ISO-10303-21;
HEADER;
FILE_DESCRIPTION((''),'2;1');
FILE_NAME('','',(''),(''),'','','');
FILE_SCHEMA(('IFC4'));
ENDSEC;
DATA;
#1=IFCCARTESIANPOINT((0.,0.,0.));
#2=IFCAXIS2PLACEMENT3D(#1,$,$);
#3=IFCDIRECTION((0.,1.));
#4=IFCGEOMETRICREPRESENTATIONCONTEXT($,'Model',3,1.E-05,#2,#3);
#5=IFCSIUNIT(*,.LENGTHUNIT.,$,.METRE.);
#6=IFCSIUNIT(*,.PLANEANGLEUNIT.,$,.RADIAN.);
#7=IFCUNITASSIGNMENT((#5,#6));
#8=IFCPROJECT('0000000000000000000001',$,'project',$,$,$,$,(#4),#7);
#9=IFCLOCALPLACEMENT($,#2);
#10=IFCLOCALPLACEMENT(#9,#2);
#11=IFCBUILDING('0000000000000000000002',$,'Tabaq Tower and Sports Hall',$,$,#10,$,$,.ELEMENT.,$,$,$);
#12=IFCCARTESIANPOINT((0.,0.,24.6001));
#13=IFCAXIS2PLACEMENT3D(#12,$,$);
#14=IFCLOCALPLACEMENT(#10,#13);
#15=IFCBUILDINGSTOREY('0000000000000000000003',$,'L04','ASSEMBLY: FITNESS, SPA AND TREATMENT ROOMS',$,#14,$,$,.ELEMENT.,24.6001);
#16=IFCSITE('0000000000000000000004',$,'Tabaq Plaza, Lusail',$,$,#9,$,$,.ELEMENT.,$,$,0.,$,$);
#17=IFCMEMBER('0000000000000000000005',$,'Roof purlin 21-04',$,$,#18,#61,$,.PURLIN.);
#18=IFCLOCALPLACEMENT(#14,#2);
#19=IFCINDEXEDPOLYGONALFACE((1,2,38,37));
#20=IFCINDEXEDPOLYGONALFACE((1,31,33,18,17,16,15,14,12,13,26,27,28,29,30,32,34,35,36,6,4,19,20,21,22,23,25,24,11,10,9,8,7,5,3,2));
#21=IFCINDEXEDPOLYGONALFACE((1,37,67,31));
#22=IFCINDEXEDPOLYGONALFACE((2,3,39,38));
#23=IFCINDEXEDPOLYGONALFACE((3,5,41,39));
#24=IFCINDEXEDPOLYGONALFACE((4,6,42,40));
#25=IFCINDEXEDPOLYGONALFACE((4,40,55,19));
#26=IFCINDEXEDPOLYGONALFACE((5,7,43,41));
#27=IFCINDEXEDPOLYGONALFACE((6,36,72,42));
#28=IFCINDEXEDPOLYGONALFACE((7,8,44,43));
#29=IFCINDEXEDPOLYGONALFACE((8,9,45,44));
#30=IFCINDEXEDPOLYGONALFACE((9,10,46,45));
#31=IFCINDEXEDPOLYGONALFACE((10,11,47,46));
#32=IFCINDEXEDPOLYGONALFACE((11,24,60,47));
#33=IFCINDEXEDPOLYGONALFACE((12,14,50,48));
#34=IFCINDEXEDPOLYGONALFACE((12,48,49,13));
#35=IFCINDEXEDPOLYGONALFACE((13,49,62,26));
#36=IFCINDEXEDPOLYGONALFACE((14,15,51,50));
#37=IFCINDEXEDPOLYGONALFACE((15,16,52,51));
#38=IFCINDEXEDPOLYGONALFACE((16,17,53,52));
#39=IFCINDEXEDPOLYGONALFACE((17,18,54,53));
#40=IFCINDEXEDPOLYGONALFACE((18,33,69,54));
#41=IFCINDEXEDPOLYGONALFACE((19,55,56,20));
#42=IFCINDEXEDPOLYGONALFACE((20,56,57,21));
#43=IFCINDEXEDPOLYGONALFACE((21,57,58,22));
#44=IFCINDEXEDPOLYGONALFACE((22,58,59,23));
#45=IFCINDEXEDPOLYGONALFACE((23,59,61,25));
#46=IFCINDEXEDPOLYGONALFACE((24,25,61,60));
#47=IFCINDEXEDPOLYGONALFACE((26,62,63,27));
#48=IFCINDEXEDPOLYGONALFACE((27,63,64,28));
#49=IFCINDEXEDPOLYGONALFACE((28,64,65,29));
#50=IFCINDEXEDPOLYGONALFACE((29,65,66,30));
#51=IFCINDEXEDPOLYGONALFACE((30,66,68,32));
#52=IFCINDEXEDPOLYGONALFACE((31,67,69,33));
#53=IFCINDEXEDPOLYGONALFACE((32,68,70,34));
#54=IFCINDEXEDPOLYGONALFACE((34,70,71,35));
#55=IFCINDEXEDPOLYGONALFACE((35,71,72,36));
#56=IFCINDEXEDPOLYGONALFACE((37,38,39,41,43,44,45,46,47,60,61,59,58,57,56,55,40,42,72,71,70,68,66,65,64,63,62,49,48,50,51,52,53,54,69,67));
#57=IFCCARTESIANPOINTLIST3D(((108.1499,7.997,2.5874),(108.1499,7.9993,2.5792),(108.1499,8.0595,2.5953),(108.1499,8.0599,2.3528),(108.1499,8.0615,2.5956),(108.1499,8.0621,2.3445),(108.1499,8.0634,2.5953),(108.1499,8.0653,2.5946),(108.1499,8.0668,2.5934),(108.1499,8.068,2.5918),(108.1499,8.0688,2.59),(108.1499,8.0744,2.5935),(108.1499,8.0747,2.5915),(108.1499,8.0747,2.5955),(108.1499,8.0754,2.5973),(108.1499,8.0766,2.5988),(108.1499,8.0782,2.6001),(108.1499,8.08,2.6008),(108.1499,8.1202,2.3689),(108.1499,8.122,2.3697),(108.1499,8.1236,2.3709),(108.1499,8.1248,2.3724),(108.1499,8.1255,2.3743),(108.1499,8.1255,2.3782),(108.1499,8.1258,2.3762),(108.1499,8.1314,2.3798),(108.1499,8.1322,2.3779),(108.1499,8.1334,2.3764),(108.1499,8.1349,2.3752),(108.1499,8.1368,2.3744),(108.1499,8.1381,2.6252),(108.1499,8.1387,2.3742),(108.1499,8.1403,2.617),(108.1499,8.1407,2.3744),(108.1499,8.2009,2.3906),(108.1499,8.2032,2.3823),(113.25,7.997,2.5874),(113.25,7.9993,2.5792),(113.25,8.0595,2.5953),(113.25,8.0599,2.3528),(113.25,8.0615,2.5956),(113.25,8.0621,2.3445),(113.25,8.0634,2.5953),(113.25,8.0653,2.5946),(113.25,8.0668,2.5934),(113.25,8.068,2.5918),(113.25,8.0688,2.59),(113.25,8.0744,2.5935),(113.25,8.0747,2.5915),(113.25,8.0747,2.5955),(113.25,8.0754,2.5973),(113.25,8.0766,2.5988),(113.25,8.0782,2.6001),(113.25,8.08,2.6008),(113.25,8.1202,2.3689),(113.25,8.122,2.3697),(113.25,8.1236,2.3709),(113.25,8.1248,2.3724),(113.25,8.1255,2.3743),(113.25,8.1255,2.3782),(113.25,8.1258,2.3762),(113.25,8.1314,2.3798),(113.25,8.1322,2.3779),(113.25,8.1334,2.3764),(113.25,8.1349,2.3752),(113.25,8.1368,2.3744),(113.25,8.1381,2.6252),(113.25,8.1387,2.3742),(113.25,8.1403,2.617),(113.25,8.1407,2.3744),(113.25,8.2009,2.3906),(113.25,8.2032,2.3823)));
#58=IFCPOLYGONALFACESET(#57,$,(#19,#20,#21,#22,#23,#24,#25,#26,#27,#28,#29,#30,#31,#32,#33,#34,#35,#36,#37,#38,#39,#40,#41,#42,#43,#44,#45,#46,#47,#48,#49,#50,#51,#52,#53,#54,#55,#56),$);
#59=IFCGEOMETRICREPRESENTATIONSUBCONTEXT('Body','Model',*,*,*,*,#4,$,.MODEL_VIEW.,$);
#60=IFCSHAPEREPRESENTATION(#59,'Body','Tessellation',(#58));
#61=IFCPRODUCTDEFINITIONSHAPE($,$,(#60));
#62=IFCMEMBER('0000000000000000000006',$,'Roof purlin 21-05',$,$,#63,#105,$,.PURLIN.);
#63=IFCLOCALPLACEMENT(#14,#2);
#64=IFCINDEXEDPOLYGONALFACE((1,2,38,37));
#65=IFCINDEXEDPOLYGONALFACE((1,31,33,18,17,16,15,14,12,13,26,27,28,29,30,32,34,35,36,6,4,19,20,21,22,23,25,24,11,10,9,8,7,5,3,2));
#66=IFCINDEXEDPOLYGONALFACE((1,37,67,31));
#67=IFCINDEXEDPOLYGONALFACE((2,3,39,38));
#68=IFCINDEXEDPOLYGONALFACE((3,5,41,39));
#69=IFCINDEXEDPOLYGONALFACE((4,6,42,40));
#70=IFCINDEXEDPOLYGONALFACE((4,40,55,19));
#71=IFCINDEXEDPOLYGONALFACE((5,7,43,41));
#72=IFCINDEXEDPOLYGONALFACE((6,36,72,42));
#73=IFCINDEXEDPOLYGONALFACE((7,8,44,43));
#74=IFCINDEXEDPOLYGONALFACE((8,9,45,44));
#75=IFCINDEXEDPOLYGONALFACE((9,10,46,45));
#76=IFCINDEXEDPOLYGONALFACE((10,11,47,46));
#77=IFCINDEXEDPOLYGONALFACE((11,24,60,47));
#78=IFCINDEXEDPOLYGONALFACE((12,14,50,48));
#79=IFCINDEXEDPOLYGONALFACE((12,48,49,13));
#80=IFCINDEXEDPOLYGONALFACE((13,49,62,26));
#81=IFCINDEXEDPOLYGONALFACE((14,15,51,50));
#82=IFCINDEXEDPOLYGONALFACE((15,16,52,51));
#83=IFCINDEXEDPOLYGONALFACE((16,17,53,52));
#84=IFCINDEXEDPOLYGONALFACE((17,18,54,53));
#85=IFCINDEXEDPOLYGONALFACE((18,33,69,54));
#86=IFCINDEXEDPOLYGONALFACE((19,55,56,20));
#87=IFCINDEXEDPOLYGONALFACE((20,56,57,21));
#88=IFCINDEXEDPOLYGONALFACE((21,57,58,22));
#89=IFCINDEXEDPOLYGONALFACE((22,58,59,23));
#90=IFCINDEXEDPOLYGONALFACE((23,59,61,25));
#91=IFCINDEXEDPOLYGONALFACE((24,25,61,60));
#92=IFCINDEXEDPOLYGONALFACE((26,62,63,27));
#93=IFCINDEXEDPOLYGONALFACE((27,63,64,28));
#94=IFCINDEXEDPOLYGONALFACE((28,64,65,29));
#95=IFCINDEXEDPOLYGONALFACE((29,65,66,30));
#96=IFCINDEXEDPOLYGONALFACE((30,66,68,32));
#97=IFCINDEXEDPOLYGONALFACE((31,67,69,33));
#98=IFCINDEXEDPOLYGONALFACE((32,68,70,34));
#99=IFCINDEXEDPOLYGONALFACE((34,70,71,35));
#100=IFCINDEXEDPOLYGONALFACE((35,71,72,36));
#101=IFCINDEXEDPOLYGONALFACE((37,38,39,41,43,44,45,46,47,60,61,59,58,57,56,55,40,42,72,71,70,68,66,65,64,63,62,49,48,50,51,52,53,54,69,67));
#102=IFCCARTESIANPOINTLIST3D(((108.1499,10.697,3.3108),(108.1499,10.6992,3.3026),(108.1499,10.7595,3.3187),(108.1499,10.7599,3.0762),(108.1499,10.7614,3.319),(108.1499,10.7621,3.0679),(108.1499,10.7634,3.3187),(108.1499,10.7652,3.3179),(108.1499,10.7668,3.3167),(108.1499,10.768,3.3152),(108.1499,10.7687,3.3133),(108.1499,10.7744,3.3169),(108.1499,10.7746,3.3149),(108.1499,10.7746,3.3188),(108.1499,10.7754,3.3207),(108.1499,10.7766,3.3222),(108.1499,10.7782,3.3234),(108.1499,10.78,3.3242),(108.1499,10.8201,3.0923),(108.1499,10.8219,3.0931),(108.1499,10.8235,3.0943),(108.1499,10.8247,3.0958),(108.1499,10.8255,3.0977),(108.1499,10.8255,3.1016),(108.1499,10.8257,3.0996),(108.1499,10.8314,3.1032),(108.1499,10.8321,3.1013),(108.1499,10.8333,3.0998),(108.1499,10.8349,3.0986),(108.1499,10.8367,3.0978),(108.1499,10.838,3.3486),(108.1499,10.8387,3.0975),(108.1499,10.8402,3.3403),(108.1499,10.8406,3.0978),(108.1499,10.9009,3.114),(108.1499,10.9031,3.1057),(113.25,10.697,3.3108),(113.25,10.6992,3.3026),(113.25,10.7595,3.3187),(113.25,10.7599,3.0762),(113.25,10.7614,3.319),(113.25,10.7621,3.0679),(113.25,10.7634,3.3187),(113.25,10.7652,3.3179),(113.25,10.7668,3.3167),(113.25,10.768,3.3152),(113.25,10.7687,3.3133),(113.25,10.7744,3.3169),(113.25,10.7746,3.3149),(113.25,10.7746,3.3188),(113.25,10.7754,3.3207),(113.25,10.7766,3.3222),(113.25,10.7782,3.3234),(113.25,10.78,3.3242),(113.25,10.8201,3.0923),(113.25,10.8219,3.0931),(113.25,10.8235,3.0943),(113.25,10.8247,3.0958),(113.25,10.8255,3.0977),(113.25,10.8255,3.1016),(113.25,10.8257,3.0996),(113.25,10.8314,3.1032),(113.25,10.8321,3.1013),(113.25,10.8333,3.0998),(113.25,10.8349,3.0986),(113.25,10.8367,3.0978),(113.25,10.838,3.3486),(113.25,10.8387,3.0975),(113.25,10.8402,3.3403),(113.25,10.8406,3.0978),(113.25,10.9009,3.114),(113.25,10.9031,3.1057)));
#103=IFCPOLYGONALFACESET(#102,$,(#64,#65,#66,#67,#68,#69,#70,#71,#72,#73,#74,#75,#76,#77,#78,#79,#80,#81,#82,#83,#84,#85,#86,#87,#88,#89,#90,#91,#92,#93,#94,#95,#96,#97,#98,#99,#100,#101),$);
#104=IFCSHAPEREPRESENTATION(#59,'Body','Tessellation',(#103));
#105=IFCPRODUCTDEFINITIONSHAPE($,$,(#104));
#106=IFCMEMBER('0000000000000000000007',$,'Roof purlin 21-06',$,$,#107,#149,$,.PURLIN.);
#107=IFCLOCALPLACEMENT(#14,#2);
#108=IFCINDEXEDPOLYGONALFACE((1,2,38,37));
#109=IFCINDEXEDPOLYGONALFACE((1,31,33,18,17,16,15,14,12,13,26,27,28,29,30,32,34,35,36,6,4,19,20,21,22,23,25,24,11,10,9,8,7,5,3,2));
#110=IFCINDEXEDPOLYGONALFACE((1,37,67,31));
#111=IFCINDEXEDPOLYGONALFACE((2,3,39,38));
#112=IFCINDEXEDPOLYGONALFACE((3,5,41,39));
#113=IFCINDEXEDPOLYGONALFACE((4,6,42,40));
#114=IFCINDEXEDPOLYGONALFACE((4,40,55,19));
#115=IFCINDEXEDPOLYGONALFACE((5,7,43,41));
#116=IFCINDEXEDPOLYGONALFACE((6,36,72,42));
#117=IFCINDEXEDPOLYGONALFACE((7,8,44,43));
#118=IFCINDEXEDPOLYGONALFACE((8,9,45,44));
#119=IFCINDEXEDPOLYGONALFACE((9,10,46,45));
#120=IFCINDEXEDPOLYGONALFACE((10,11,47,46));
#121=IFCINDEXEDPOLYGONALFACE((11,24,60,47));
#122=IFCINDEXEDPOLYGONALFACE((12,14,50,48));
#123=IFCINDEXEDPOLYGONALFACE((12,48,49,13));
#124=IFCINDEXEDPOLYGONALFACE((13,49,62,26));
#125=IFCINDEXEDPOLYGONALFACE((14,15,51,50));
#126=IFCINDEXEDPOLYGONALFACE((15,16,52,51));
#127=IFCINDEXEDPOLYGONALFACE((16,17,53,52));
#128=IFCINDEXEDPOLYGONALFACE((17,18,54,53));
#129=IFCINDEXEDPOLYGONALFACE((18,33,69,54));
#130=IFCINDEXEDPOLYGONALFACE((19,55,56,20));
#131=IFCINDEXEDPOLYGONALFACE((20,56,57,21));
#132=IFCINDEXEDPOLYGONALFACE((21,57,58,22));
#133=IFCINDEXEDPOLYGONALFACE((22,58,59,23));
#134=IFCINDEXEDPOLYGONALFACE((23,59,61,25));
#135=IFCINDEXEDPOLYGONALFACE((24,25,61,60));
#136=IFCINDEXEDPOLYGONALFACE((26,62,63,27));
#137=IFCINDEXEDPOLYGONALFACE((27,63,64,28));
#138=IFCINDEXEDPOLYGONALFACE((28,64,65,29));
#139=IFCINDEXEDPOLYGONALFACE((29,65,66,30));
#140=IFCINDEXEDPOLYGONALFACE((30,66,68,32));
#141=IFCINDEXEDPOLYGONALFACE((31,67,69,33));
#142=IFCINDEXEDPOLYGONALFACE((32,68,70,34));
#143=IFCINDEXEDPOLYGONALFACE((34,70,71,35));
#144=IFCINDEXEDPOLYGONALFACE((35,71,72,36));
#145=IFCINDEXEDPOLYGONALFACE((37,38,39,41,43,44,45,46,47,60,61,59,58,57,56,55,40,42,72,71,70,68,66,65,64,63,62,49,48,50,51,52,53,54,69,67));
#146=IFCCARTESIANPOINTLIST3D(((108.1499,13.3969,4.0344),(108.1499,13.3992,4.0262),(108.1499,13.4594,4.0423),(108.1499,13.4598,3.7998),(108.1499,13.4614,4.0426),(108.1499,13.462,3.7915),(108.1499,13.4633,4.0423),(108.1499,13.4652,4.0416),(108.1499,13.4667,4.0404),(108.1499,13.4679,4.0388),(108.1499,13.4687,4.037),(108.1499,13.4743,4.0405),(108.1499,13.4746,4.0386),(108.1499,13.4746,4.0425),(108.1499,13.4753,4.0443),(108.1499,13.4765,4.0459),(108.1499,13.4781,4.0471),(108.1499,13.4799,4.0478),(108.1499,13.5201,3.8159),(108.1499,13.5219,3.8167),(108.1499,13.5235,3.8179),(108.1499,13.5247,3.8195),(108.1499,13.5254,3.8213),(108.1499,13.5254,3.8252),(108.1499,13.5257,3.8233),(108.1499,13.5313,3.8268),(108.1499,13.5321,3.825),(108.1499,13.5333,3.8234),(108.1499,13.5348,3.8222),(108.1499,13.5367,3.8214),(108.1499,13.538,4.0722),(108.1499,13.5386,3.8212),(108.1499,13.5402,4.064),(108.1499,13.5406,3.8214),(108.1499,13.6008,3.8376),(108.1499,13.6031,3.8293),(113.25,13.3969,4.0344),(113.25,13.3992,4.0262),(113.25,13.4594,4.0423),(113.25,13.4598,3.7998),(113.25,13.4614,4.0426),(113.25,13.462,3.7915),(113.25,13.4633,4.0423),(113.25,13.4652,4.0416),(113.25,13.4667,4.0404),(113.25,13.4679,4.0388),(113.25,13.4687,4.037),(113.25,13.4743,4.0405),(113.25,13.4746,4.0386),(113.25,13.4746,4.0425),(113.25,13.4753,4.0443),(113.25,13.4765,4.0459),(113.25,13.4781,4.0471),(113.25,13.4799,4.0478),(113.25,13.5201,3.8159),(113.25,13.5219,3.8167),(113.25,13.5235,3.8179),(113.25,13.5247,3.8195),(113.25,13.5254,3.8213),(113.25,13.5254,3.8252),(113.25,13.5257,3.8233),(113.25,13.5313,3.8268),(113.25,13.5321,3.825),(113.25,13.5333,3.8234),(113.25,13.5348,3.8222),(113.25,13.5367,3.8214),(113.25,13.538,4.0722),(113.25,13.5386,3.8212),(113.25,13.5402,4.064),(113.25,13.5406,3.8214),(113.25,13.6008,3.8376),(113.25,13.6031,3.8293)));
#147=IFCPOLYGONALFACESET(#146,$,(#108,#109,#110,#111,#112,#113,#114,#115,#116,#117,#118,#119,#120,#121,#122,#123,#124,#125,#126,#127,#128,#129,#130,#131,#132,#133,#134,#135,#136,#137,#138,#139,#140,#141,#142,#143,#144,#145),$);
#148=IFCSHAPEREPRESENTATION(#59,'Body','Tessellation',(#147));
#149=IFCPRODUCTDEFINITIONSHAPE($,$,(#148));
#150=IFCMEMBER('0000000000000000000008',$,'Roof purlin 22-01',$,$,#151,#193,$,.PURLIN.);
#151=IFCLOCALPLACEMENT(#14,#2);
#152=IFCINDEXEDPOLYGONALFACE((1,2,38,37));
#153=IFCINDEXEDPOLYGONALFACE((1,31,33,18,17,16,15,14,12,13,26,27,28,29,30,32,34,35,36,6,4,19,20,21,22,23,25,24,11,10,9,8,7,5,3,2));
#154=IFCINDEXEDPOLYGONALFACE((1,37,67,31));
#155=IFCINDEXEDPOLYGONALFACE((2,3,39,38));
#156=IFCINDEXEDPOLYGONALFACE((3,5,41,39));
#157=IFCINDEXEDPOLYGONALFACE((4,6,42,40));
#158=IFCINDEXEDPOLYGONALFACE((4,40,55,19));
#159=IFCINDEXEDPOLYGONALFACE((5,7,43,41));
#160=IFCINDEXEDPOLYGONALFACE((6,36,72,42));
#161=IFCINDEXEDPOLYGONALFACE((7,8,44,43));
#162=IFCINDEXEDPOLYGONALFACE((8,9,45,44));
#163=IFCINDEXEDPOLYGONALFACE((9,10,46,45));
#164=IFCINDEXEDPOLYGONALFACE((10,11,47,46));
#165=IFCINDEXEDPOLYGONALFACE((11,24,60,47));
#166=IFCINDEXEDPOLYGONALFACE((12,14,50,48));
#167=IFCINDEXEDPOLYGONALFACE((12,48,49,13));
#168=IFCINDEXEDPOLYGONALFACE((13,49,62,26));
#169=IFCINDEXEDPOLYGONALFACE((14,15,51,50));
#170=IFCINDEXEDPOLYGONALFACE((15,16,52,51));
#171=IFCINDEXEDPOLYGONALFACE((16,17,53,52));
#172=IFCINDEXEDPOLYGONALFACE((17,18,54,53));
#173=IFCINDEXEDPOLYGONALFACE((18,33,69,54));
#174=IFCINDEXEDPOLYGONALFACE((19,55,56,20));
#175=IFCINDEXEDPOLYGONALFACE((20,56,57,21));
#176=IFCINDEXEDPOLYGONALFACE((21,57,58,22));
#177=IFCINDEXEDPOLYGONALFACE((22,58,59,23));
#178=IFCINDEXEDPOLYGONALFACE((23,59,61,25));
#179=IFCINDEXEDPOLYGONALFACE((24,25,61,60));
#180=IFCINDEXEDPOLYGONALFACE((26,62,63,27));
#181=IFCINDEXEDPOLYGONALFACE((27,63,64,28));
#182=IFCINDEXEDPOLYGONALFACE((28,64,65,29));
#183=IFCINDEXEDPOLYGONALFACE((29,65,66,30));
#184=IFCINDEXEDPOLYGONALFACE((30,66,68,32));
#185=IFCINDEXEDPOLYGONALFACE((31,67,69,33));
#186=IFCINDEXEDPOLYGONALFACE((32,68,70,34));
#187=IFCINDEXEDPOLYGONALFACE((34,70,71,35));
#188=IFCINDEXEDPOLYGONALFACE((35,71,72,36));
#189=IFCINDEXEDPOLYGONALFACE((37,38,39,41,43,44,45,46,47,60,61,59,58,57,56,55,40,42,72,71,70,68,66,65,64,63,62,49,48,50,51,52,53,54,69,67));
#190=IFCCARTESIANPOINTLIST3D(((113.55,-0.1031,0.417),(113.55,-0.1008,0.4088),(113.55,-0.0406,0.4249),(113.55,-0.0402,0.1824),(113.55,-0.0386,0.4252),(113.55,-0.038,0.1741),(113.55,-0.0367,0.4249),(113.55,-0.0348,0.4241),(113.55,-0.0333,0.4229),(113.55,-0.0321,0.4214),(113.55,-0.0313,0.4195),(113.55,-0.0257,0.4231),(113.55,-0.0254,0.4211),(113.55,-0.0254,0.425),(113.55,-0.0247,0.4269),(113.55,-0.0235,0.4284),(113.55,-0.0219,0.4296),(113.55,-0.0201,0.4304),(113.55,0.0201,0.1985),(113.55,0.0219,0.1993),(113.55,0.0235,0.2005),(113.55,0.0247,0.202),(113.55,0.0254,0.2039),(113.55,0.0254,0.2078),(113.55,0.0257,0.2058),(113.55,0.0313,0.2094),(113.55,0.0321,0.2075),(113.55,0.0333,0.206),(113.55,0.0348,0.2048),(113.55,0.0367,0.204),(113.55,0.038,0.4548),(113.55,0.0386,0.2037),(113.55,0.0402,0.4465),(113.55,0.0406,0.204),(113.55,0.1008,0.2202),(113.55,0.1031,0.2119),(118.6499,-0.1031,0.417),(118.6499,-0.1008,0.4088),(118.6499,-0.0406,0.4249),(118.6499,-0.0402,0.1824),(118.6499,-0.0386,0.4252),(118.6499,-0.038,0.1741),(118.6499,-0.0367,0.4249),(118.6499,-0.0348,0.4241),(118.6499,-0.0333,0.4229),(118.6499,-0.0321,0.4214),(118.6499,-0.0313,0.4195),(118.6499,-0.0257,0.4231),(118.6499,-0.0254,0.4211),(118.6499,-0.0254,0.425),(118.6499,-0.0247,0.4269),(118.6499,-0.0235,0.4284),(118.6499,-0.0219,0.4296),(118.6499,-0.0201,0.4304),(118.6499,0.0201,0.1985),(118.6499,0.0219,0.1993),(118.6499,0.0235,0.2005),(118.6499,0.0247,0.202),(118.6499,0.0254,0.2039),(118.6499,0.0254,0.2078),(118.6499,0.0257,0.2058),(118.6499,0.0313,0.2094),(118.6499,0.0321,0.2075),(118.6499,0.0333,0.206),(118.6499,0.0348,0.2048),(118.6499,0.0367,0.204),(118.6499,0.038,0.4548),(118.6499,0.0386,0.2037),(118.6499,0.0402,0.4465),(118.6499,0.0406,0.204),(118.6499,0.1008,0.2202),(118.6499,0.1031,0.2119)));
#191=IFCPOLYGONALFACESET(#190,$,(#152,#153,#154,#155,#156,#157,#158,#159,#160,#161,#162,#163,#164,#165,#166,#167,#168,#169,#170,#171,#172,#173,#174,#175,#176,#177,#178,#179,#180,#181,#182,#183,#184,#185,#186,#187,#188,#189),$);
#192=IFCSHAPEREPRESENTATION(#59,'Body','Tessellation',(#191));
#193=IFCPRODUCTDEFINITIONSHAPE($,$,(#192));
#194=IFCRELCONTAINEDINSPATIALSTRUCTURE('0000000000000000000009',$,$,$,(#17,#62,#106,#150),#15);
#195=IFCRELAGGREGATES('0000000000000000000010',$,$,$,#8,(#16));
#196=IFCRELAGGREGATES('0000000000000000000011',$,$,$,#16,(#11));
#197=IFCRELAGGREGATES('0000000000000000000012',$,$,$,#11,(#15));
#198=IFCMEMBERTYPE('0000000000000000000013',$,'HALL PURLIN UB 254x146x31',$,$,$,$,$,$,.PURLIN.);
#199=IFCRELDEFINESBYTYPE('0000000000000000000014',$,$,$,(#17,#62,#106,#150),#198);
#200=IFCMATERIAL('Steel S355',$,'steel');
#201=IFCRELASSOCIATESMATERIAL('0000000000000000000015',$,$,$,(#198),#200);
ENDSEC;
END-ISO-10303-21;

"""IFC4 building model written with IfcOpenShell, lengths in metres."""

from ifc_helpers import new_model, si_unit, direction, frame, origin, origin_2d, place, context, subcontext, project, spatial, i_section, extrude, material, material_profile, profile_set, type_object, element, save


model = new_model("IFC4")

# Units and contexts
model_context = context("Model", 3, precision=1e-05, world=origin(), true_north=direction((0.0, 1.0)))
body_context = subcontext(model_context, "Body", "Model", "MODEL_VIEW")
ifc_project = project(units=[si_unit("LENGTHUNIT", "METRE"), si_unit("PLANEANGLEUNIT", "RADIAN")], contexts=[model_context])

# Site, building, storey
site_placement = place(None, origin())
site = spatial("IfcSite", under=ifc_project, at=site_placement, Name="Tabaq Plaza, Lusail", CompositionType="ELEMENT", RefElevation=0.0)
building_placement = place(site_placement, origin())
building = spatial("IfcBuilding", under=site, at=building_placement, Name="Tabaq Tower and Sports Hall", CompositionType="ELEMENT")
storey_placement = place(building_placement, frame((0.0, 0.0, 24.6001)))
storey = spatial("IfcBuildingStorey", under=building, at=storey_placement, Name="L04", Description="ASSEMBLY: FITNESS, SPA AND TREATMENT ROOMS", CompositionType="ELEMENT", Elevation=24.6001)

# Members
ifc_material_1 = material(Name="Steel S355", Category="steel")
ifc_material_profile_1 = material_profile(ifc_material_1, i_section(OverallWidth=0.146, OverallDepth=0.2515, WebThickness=0.0061, FlangeThickness=0.0085, FilletRadius=0.0076, at=origin_2d()), Name="UB 254x146x31")
ifc_profile_set_1 = profile_set([ifc_material_profile_1], Name="Steel S355")
member_type_1 = type_object("IfcMemberType", Name="HALL PURLIN UB 254x146x31", PredefinedType="PURLIN", material=ifc_profile_set_1)
for number, where, z_axis, x_axis, name in (
    (1, (108.1499, 8.1001, 2.4849), (1.0, 0.0, 0.0), (0.0, 0.965926, 0.258819), "Roof purlin 21-04"),
    (2, (108.1499, 10.8, 3.2083), (1.0, 0.0, 0.0), (0.0, 0.965926, 0.258819), "Roof purlin 21-05"),
    (3, (108.1499, 13.5, 3.9319), (1.0, 0.0, 0.0), (0.0, 0.965926, 0.258819), "Roof purlin 21-06"),
):
    element("IfcMember", number, at=place(storey_placement, frame(where, z_axis=z_axis, x_axis=x_axis)), inside=storey, type_object=member_type_1, Name=name, PredefinedType="PURLIN", context=body_context, shape_type="SweptSolid", body=[
        extrude(i_section(OverallWidth=0.146, OverallDepth=0.2515, WebThickness=0.0061, FlangeThickness=0.0085, FilletRadius=0.0076, at=origin_2d()), origin(), (0.0, 0.0, 1.0), 5.1001),
    ])
for number, where, z_axis, x_axis, name in (
    (4, (113.55, 0.0, 0.3145), (1.0, 0.0, 0.0), (0.0, 0.965926, 0.258819), "Roof purlin 22-01"),
):
    element("IfcMember", number, at=place(storey_placement, frame(where, z_axis=z_axis, x_axis=x_axis)), inside=storey, type_object=member_type_1, Name=name, PredefinedType="PURLIN", context=body_context, shape_type="SweptSolid", body=[
        extrude(i_section(OverallWidth=0.146, OverallDepth=0.2515, WebThickness=0.0061, FlangeThickness=0.0085, FilletRadius=0.0076, at=origin_2d()), origin(), (0.0, 0.0, 1.0), 5.0999),
    ])

save(model, "model.ifc")
